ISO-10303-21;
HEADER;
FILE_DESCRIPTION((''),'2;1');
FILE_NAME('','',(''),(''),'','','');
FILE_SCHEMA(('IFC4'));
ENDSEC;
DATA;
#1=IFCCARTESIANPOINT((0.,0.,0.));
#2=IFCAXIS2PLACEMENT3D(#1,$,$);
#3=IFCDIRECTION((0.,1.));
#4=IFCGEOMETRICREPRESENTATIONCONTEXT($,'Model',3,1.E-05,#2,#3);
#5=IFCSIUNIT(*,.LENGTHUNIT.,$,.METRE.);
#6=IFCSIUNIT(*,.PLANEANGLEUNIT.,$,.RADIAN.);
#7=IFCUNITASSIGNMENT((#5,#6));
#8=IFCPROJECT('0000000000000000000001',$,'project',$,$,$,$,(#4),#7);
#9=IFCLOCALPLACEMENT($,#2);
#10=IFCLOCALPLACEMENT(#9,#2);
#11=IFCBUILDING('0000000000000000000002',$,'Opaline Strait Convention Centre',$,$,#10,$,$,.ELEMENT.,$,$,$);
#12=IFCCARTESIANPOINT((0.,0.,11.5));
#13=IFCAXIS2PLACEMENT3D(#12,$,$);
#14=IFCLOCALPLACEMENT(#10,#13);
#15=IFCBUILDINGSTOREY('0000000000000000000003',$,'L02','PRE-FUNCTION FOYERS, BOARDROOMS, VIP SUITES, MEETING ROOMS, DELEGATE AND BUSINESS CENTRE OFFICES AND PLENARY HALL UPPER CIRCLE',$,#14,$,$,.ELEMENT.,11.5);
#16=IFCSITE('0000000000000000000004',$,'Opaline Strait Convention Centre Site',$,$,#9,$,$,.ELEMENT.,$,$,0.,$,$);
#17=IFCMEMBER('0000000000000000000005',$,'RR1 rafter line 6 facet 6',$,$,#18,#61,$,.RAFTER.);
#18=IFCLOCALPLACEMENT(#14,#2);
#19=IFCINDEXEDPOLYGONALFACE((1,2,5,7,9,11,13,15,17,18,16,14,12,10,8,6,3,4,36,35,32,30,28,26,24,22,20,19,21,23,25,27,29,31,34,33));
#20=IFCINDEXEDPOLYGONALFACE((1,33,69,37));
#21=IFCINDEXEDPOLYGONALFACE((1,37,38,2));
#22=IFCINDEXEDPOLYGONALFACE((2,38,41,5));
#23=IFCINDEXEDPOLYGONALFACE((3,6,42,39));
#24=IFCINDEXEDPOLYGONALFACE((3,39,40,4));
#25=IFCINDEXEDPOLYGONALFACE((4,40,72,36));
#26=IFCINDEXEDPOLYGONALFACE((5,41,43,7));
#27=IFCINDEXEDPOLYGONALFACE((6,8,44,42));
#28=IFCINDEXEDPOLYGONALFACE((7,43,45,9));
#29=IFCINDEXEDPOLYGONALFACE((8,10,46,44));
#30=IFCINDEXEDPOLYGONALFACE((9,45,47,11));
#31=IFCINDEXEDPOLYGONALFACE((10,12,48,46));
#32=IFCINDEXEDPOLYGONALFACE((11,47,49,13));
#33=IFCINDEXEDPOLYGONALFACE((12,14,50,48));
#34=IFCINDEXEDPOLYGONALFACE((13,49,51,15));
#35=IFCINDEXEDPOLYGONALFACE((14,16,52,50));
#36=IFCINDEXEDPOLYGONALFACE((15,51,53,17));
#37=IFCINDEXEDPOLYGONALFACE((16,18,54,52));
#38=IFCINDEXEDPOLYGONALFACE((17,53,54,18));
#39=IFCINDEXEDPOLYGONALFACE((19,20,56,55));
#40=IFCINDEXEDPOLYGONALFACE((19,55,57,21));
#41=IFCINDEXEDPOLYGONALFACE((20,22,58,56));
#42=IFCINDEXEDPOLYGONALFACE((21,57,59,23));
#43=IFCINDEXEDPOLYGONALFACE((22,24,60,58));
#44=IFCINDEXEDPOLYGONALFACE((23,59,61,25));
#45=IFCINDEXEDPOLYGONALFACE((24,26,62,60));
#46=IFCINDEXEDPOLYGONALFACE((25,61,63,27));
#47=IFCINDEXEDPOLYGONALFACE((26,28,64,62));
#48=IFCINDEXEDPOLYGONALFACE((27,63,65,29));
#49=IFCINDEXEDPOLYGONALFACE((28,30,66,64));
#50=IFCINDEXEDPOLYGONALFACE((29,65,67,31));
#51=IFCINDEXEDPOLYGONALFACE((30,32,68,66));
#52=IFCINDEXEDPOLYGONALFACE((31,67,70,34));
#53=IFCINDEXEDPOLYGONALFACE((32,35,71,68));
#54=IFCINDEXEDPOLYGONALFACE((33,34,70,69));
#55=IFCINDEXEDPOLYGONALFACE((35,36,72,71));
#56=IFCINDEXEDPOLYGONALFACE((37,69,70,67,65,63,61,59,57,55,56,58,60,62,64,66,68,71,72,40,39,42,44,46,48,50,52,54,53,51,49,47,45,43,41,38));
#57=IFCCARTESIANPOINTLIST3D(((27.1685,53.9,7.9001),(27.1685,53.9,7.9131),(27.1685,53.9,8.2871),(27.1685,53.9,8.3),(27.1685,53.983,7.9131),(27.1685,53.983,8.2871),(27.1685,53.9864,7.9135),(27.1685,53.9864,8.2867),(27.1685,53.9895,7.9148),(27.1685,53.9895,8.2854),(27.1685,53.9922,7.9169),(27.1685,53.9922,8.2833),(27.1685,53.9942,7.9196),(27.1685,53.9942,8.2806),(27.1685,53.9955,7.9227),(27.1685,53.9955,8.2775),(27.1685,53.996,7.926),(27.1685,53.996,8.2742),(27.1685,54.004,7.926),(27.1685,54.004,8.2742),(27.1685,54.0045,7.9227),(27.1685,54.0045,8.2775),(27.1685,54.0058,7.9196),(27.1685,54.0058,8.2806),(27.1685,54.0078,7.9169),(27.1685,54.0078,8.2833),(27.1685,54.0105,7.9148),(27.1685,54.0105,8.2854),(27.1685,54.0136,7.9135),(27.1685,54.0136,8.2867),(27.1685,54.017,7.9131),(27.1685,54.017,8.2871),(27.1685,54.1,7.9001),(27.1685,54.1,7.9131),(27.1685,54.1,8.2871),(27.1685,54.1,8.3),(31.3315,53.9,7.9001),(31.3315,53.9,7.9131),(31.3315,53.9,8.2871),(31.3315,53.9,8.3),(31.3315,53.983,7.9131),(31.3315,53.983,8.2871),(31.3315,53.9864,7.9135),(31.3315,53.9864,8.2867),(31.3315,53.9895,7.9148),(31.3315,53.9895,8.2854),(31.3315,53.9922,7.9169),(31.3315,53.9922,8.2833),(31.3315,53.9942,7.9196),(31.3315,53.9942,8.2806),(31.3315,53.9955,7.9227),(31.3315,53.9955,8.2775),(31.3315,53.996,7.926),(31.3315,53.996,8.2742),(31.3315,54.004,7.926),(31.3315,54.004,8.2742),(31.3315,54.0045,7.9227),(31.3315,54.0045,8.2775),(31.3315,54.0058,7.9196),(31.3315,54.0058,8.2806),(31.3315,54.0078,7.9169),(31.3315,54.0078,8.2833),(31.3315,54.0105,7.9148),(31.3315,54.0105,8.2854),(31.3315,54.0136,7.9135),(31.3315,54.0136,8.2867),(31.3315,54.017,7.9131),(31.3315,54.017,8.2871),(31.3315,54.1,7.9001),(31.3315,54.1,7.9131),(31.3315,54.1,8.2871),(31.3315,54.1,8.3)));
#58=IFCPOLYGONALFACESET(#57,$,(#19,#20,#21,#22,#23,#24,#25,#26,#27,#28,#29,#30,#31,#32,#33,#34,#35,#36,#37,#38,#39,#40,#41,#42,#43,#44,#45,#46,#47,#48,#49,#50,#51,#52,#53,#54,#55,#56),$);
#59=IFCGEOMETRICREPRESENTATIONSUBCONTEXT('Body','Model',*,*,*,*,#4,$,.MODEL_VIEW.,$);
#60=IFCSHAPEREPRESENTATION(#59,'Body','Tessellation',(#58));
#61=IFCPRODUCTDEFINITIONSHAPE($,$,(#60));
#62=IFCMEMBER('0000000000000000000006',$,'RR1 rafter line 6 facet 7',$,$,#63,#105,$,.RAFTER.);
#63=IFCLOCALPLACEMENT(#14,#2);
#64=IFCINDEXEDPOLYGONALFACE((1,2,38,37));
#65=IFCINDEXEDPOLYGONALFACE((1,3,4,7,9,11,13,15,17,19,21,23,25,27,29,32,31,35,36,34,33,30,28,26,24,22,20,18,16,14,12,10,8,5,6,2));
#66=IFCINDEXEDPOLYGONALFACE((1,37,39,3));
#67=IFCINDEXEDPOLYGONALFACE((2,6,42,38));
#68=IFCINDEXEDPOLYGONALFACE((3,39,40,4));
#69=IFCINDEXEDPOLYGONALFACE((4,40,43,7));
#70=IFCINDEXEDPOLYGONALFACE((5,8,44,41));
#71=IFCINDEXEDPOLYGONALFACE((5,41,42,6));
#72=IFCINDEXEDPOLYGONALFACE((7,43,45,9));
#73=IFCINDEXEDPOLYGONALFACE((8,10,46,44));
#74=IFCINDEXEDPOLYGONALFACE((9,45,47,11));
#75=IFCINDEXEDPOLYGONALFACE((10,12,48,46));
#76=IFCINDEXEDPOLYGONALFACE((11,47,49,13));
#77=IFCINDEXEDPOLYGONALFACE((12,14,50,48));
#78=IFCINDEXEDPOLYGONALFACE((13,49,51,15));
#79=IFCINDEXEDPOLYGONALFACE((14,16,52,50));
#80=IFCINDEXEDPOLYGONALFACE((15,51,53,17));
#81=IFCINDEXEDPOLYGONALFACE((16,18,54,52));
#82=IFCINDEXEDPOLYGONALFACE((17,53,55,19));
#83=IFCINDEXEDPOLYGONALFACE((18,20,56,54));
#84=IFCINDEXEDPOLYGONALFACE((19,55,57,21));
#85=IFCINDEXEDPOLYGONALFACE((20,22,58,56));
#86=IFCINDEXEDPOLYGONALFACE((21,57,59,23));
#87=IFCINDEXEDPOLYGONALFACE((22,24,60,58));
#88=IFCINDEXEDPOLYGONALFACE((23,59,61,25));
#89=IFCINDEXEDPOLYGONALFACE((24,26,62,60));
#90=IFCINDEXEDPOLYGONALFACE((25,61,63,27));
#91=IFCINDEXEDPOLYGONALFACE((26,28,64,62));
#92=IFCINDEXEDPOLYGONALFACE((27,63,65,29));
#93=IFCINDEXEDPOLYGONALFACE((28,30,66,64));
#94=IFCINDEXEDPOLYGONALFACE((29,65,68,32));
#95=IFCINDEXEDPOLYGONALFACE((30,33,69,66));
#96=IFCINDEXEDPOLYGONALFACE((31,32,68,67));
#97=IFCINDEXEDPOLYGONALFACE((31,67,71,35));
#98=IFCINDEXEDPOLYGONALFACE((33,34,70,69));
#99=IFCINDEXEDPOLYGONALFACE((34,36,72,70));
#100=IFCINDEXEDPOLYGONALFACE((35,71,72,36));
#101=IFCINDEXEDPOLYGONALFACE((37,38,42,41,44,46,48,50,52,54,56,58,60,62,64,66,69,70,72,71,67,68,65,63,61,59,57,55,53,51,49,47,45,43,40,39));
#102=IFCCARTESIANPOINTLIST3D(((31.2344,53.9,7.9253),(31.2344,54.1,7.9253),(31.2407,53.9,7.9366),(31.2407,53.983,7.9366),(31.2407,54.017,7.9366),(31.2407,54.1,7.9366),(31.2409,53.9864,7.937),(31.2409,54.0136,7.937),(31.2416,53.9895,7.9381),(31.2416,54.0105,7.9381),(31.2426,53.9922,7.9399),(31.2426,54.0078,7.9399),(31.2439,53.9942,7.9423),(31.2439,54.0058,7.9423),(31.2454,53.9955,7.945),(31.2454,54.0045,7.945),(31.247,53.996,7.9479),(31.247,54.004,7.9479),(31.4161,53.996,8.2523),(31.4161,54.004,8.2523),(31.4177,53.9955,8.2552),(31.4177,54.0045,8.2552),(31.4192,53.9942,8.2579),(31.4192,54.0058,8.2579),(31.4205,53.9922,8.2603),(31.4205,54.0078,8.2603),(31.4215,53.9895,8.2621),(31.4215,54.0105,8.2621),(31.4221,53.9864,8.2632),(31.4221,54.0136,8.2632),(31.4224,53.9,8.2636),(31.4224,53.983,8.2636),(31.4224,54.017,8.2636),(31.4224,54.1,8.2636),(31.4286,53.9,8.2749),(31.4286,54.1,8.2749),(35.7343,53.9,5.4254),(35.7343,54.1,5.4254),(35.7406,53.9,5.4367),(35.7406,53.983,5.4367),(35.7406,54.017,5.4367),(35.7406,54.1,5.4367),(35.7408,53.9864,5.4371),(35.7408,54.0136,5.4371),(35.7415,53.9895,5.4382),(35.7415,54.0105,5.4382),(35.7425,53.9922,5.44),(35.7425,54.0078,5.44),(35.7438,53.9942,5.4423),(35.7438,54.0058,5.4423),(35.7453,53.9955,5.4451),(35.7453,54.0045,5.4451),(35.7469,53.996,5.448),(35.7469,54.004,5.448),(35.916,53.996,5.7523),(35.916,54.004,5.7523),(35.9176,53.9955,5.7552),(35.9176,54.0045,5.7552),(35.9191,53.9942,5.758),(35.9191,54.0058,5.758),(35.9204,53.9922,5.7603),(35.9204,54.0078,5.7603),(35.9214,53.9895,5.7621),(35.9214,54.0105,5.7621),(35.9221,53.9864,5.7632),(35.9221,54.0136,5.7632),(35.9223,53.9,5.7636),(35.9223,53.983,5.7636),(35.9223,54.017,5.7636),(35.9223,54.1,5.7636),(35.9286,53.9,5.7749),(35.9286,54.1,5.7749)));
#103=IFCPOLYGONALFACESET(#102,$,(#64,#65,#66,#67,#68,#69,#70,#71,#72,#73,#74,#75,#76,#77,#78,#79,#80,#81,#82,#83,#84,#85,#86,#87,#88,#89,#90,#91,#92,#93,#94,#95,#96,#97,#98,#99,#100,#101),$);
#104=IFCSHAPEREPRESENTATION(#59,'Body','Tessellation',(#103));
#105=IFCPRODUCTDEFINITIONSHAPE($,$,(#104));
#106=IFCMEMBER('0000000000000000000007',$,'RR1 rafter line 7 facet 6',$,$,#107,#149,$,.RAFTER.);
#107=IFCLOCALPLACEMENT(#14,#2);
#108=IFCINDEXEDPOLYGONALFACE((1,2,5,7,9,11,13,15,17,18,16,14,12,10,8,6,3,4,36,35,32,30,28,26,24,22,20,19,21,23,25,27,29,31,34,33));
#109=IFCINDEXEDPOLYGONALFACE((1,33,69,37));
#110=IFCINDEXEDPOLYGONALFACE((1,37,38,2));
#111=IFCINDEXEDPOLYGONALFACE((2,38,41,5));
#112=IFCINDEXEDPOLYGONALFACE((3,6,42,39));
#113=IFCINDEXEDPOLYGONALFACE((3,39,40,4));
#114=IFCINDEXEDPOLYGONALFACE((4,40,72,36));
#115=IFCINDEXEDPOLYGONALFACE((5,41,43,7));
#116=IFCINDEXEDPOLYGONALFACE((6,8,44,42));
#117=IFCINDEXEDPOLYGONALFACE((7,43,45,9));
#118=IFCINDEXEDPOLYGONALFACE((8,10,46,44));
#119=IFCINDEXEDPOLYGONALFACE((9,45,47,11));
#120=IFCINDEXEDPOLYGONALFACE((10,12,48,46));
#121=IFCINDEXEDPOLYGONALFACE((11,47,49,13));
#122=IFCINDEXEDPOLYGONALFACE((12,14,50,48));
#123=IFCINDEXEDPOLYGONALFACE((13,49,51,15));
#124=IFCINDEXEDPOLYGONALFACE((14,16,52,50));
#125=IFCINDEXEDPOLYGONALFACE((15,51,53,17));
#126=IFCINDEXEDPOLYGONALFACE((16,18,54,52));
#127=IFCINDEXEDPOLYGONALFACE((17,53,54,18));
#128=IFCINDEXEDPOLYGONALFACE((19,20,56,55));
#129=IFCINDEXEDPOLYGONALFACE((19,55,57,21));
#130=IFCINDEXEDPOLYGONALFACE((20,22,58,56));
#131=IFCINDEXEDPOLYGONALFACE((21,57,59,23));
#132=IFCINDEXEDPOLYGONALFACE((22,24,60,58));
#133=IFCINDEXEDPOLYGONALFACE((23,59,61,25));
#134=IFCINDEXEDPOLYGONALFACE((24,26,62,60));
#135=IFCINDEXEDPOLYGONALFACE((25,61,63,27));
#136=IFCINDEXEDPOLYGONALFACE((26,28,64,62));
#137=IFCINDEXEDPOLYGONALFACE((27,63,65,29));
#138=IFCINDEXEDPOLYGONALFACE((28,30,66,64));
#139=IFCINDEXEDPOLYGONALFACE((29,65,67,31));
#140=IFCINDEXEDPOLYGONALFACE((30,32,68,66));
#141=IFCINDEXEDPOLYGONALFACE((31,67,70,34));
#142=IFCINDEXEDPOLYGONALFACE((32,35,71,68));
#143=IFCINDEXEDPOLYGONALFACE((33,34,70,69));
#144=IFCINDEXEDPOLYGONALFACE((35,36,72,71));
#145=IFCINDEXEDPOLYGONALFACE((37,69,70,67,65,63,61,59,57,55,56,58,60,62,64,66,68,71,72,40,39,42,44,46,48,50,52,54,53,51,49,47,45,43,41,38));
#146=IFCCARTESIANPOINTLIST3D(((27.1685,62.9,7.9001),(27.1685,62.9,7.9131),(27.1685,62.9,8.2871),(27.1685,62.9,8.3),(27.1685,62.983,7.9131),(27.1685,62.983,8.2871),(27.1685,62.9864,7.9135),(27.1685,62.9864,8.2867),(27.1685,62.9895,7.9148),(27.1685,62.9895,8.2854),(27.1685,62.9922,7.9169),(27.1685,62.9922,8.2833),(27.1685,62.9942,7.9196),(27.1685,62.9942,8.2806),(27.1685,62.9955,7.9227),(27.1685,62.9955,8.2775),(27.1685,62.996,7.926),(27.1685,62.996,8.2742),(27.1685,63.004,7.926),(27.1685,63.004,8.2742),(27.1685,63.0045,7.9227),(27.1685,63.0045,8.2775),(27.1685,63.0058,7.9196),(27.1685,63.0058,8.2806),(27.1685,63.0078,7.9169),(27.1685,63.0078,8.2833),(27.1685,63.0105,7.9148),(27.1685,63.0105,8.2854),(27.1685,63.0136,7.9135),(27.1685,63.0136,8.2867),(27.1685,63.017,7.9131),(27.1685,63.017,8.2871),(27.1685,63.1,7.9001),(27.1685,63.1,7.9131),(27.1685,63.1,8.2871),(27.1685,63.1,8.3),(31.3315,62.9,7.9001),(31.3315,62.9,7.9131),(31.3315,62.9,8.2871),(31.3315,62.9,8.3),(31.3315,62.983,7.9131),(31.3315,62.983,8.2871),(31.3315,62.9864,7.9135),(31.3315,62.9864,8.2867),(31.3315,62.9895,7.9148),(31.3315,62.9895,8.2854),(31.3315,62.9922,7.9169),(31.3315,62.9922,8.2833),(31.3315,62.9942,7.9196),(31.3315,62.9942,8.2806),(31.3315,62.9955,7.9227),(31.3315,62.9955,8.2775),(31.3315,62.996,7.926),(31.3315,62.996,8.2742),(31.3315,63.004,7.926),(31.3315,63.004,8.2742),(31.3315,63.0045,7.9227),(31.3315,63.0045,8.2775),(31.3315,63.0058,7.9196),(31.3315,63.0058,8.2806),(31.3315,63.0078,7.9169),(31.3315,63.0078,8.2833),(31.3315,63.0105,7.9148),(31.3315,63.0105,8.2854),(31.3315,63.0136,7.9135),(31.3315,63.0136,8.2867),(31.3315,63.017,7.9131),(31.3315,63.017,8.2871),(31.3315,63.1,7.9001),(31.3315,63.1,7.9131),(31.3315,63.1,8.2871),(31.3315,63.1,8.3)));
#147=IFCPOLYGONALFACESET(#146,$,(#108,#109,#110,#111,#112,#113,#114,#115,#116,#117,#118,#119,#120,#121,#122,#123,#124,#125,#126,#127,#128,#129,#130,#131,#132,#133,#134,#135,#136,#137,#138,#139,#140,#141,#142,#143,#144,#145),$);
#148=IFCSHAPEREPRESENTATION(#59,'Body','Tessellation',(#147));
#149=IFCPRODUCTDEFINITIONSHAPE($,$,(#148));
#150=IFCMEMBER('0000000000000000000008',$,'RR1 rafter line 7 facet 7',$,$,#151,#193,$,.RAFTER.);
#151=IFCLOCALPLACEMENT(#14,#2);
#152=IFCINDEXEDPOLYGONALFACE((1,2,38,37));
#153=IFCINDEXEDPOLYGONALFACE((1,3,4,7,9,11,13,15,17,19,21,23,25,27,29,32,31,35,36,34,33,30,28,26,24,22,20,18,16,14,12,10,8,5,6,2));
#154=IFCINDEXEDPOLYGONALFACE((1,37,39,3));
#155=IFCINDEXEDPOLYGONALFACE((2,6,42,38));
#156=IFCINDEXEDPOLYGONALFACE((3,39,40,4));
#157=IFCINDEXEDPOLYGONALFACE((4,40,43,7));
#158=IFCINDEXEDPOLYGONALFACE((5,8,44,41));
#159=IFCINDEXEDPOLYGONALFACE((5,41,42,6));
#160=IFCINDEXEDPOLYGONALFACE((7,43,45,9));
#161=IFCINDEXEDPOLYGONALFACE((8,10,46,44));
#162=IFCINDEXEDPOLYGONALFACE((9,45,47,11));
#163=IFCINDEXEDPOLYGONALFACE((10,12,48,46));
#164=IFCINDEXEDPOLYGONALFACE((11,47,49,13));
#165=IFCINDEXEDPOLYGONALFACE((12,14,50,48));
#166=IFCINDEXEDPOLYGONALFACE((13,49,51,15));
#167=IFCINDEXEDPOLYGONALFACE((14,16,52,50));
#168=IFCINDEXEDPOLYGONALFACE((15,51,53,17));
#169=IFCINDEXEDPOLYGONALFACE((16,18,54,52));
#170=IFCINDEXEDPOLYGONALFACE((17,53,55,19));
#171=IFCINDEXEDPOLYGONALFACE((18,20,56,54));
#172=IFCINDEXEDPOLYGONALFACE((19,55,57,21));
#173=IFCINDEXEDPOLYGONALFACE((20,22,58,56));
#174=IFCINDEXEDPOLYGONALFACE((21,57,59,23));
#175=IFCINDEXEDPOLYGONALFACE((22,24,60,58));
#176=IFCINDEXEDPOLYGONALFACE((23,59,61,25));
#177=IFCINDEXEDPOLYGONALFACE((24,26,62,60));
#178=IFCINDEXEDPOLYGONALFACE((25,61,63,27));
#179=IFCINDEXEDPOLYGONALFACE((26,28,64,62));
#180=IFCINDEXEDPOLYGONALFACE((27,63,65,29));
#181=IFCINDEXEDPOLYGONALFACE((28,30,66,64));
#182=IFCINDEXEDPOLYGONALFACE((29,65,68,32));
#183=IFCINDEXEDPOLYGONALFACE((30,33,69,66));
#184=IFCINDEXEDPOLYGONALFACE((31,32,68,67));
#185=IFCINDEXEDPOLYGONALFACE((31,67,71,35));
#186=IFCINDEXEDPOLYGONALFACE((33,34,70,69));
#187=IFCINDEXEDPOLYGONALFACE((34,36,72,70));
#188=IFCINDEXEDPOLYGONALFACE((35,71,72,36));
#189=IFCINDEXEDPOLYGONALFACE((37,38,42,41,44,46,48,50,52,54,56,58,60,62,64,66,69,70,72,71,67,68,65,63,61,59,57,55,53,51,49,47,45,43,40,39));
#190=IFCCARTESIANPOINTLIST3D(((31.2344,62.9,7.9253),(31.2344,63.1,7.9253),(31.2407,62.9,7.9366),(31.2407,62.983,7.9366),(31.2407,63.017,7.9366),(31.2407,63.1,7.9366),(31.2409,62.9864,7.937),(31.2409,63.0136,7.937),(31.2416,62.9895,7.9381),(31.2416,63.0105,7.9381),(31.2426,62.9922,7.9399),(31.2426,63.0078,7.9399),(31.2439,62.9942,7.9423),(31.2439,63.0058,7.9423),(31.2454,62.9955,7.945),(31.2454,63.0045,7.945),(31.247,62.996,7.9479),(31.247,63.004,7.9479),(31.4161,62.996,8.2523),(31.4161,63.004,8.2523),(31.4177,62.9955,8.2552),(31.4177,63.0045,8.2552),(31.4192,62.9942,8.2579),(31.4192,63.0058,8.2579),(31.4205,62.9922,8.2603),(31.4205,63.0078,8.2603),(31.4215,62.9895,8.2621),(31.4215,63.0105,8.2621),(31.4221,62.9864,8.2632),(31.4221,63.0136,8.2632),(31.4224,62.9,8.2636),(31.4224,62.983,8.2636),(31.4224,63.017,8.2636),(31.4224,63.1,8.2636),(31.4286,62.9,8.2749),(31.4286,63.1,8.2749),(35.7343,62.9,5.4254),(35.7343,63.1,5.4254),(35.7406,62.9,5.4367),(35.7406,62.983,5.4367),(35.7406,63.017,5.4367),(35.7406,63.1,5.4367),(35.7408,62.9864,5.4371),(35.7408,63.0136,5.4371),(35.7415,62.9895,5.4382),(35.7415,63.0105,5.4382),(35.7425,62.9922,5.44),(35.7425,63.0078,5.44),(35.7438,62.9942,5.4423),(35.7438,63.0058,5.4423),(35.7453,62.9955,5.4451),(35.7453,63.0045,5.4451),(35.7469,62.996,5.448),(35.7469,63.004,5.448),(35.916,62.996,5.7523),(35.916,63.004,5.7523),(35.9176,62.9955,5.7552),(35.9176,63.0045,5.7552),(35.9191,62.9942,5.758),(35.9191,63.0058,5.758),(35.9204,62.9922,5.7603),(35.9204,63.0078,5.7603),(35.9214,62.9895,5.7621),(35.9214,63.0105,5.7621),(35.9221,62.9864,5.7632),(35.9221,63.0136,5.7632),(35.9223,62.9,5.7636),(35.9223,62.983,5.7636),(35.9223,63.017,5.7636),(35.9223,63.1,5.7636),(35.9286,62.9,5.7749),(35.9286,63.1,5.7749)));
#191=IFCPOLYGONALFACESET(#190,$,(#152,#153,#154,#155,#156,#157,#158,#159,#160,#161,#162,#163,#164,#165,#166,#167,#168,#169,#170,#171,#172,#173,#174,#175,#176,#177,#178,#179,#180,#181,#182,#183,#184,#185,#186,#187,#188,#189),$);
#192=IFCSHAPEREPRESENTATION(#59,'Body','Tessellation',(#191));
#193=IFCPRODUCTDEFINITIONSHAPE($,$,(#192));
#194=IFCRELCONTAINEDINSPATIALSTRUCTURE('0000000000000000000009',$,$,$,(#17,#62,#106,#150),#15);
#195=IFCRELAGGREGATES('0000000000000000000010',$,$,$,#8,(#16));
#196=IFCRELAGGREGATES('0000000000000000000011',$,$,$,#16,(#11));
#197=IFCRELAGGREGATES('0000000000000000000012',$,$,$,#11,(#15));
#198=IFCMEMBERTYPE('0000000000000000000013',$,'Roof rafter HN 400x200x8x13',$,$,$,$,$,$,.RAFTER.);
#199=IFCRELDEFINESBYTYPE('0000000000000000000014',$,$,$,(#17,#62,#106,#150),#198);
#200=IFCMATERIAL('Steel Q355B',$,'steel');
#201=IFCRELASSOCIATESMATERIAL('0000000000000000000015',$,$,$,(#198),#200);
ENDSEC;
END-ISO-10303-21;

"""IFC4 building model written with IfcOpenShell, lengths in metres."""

from ifc_helpers import new_model, si_unit, direction, frame, origin, origin_2d, place, context, subcontext, project, spatial, i_section, extrude, material, material_profile, profile_set, type_object, element, save


model = new_model("IFC4")

# Units and contexts
model_context = context("Model", 3, precision=1e-05, world=origin(), true_north=direction((0.0, 1.0)))
body_context = subcontext(model_context, "Body", "Model", "MODEL_VIEW")
ifc_project = project(units=[si_unit("LENGTHUNIT", "METRE"), si_unit("PLANEANGLEUNIT", "RADIAN")], contexts=[model_context])

# Site, building, storey
site_placement = place(None, origin())
site = spatial("IfcSite", under=ifc_project, at=site_placement, Name="Opaline Strait Convention Centre Site", CompositionType="ELEMENT", RefElevation=0.0)
building_placement = place(site_placement, origin())
building = spatial("IfcBuilding", under=site, at=building_placement, Name="Opaline Strait Convention Centre", CompositionType="ELEMENT")
storey_placement = place(building_placement, frame((0.0, 0.0, 11.5)))
storey = spatial("IfcBuildingStorey", under=building, at=storey_placement, Name="L02", Description="PRE-FUNCTION FOYERS, BOARDROOMS, VIP SUITES, MEETING ROOMS, DELEGATE AND BUSINESS CENTRE OFFICES AND PLENARY HALL UPPER CIRCLE", CompositionType="ELEMENT", Elevation=11.5)

# Shared definitions
ifc_material_1 = material(Name="Steel Q355B", Category="steel")

# Members
ifc_material_profile_1 = material_profile(ifc_material_1, i_section(OverallWidth=0.2, OverallDepth=0.3999, WebThickness=0.0081, FlangeThickness=0.0129, FilletRadius=0.0129, at=origin_2d()), Name="HN 400x200x8x13")
ifc_profile_set_1 = profile_set([ifc_material_profile_1], Name="Steel Q355B")
member_type_1 = type_object("IfcMemberType", Name="Roof rafter HN 400x200x8x13", PredefinedType="RAFTER", material=ifc_profile_set_1)
member_1_placement = place(storey_placement, frame((27.1685, 54.0, 8.1001), z_axis=(1.0, 0.0, 0.0), x_axis=(0.0, 1.0, 0.0)))
element("IfcMember", 1, at=member_1_placement, inside=storey, type_object=member_type_1, Name="RR1 rafter line 6 facet 6", PredefinedType="RAFTER", context=body_context, shape_type="SweptSolid", body=[
    extrude(i_section(OverallWidth=0.2, OverallDepth=0.3999, WebThickness=0.0081, FlangeThickness=0.0129, FilletRadius=0.0129, at=origin_2d()), origin(), (0.0, 0.0, 1.0), 4.1631),
])
member_2_placement = place(storey_placement, frame((31.3315, 54.0, 8.1001), z_axis=(0.874157, 0.0, -0.485643), x_axis=(0.0, 1.0, 0.0)))
element("IfcMember", 2, at=member_2_placement, inside=storey, type_object=member_type_1, Name="RR1 rafter line 6 facet 7", PredefinedType="RAFTER", context=body_context, shape_type="SweptSolid", body=[
    extrude(i_section(OverallWidth=0.2, OverallDepth=0.3999, WebThickness=0.0081, FlangeThickness=0.0129, FilletRadius=0.0129, at=origin_2d()), origin(), (0.0, 0.0, 1.0), 5.1477),
])
member_3_placement = place(storey_placement, frame((27.1685, 63.0, 8.1001), z_axis=(1.0, 0.0, 0.0), x_axis=(0.0, 1.0, 0.0)))
element("IfcMember", 3, at=member_3_placement, inside=storey, type_object=member_type_1, Name="RR1 rafter line 7 facet 6", PredefinedType="RAFTER", context=body_context, shape_type="SweptSolid", body=[
    extrude(i_section(OverallWidth=0.2, OverallDepth=0.3999, WebThickness=0.0081, FlangeThickness=0.0129, FilletRadius=0.0129, at=origin_2d()), origin(), (0.0, 0.0, 1.0), 4.1631),
])
member_4_placement = place(storey_placement, frame((31.3315, 63.0, 8.1001), z_axis=(0.874157, 0.0, -0.485643), x_axis=(0.0, 1.0, 0.0)))
element("IfcMember", 4, at=member_4_placement, inside=storey, type_object=member_type_1, Name="RR1 rafter line 7 facet 7", PredefinedType="RAFTER", context=body_context, shape_type="SweptSolid", body=[
    extrude(i_section(OverallWidth=0.2, OverallDepth=0.3999, WebThickness=0.0081, FlangeThickness=0.0129, FilletRadius=0.0129, at=origin_2d()), origin(), (0.0, 0.0, 1.0), 5.1477),
])

save(model, "model.ifc")
